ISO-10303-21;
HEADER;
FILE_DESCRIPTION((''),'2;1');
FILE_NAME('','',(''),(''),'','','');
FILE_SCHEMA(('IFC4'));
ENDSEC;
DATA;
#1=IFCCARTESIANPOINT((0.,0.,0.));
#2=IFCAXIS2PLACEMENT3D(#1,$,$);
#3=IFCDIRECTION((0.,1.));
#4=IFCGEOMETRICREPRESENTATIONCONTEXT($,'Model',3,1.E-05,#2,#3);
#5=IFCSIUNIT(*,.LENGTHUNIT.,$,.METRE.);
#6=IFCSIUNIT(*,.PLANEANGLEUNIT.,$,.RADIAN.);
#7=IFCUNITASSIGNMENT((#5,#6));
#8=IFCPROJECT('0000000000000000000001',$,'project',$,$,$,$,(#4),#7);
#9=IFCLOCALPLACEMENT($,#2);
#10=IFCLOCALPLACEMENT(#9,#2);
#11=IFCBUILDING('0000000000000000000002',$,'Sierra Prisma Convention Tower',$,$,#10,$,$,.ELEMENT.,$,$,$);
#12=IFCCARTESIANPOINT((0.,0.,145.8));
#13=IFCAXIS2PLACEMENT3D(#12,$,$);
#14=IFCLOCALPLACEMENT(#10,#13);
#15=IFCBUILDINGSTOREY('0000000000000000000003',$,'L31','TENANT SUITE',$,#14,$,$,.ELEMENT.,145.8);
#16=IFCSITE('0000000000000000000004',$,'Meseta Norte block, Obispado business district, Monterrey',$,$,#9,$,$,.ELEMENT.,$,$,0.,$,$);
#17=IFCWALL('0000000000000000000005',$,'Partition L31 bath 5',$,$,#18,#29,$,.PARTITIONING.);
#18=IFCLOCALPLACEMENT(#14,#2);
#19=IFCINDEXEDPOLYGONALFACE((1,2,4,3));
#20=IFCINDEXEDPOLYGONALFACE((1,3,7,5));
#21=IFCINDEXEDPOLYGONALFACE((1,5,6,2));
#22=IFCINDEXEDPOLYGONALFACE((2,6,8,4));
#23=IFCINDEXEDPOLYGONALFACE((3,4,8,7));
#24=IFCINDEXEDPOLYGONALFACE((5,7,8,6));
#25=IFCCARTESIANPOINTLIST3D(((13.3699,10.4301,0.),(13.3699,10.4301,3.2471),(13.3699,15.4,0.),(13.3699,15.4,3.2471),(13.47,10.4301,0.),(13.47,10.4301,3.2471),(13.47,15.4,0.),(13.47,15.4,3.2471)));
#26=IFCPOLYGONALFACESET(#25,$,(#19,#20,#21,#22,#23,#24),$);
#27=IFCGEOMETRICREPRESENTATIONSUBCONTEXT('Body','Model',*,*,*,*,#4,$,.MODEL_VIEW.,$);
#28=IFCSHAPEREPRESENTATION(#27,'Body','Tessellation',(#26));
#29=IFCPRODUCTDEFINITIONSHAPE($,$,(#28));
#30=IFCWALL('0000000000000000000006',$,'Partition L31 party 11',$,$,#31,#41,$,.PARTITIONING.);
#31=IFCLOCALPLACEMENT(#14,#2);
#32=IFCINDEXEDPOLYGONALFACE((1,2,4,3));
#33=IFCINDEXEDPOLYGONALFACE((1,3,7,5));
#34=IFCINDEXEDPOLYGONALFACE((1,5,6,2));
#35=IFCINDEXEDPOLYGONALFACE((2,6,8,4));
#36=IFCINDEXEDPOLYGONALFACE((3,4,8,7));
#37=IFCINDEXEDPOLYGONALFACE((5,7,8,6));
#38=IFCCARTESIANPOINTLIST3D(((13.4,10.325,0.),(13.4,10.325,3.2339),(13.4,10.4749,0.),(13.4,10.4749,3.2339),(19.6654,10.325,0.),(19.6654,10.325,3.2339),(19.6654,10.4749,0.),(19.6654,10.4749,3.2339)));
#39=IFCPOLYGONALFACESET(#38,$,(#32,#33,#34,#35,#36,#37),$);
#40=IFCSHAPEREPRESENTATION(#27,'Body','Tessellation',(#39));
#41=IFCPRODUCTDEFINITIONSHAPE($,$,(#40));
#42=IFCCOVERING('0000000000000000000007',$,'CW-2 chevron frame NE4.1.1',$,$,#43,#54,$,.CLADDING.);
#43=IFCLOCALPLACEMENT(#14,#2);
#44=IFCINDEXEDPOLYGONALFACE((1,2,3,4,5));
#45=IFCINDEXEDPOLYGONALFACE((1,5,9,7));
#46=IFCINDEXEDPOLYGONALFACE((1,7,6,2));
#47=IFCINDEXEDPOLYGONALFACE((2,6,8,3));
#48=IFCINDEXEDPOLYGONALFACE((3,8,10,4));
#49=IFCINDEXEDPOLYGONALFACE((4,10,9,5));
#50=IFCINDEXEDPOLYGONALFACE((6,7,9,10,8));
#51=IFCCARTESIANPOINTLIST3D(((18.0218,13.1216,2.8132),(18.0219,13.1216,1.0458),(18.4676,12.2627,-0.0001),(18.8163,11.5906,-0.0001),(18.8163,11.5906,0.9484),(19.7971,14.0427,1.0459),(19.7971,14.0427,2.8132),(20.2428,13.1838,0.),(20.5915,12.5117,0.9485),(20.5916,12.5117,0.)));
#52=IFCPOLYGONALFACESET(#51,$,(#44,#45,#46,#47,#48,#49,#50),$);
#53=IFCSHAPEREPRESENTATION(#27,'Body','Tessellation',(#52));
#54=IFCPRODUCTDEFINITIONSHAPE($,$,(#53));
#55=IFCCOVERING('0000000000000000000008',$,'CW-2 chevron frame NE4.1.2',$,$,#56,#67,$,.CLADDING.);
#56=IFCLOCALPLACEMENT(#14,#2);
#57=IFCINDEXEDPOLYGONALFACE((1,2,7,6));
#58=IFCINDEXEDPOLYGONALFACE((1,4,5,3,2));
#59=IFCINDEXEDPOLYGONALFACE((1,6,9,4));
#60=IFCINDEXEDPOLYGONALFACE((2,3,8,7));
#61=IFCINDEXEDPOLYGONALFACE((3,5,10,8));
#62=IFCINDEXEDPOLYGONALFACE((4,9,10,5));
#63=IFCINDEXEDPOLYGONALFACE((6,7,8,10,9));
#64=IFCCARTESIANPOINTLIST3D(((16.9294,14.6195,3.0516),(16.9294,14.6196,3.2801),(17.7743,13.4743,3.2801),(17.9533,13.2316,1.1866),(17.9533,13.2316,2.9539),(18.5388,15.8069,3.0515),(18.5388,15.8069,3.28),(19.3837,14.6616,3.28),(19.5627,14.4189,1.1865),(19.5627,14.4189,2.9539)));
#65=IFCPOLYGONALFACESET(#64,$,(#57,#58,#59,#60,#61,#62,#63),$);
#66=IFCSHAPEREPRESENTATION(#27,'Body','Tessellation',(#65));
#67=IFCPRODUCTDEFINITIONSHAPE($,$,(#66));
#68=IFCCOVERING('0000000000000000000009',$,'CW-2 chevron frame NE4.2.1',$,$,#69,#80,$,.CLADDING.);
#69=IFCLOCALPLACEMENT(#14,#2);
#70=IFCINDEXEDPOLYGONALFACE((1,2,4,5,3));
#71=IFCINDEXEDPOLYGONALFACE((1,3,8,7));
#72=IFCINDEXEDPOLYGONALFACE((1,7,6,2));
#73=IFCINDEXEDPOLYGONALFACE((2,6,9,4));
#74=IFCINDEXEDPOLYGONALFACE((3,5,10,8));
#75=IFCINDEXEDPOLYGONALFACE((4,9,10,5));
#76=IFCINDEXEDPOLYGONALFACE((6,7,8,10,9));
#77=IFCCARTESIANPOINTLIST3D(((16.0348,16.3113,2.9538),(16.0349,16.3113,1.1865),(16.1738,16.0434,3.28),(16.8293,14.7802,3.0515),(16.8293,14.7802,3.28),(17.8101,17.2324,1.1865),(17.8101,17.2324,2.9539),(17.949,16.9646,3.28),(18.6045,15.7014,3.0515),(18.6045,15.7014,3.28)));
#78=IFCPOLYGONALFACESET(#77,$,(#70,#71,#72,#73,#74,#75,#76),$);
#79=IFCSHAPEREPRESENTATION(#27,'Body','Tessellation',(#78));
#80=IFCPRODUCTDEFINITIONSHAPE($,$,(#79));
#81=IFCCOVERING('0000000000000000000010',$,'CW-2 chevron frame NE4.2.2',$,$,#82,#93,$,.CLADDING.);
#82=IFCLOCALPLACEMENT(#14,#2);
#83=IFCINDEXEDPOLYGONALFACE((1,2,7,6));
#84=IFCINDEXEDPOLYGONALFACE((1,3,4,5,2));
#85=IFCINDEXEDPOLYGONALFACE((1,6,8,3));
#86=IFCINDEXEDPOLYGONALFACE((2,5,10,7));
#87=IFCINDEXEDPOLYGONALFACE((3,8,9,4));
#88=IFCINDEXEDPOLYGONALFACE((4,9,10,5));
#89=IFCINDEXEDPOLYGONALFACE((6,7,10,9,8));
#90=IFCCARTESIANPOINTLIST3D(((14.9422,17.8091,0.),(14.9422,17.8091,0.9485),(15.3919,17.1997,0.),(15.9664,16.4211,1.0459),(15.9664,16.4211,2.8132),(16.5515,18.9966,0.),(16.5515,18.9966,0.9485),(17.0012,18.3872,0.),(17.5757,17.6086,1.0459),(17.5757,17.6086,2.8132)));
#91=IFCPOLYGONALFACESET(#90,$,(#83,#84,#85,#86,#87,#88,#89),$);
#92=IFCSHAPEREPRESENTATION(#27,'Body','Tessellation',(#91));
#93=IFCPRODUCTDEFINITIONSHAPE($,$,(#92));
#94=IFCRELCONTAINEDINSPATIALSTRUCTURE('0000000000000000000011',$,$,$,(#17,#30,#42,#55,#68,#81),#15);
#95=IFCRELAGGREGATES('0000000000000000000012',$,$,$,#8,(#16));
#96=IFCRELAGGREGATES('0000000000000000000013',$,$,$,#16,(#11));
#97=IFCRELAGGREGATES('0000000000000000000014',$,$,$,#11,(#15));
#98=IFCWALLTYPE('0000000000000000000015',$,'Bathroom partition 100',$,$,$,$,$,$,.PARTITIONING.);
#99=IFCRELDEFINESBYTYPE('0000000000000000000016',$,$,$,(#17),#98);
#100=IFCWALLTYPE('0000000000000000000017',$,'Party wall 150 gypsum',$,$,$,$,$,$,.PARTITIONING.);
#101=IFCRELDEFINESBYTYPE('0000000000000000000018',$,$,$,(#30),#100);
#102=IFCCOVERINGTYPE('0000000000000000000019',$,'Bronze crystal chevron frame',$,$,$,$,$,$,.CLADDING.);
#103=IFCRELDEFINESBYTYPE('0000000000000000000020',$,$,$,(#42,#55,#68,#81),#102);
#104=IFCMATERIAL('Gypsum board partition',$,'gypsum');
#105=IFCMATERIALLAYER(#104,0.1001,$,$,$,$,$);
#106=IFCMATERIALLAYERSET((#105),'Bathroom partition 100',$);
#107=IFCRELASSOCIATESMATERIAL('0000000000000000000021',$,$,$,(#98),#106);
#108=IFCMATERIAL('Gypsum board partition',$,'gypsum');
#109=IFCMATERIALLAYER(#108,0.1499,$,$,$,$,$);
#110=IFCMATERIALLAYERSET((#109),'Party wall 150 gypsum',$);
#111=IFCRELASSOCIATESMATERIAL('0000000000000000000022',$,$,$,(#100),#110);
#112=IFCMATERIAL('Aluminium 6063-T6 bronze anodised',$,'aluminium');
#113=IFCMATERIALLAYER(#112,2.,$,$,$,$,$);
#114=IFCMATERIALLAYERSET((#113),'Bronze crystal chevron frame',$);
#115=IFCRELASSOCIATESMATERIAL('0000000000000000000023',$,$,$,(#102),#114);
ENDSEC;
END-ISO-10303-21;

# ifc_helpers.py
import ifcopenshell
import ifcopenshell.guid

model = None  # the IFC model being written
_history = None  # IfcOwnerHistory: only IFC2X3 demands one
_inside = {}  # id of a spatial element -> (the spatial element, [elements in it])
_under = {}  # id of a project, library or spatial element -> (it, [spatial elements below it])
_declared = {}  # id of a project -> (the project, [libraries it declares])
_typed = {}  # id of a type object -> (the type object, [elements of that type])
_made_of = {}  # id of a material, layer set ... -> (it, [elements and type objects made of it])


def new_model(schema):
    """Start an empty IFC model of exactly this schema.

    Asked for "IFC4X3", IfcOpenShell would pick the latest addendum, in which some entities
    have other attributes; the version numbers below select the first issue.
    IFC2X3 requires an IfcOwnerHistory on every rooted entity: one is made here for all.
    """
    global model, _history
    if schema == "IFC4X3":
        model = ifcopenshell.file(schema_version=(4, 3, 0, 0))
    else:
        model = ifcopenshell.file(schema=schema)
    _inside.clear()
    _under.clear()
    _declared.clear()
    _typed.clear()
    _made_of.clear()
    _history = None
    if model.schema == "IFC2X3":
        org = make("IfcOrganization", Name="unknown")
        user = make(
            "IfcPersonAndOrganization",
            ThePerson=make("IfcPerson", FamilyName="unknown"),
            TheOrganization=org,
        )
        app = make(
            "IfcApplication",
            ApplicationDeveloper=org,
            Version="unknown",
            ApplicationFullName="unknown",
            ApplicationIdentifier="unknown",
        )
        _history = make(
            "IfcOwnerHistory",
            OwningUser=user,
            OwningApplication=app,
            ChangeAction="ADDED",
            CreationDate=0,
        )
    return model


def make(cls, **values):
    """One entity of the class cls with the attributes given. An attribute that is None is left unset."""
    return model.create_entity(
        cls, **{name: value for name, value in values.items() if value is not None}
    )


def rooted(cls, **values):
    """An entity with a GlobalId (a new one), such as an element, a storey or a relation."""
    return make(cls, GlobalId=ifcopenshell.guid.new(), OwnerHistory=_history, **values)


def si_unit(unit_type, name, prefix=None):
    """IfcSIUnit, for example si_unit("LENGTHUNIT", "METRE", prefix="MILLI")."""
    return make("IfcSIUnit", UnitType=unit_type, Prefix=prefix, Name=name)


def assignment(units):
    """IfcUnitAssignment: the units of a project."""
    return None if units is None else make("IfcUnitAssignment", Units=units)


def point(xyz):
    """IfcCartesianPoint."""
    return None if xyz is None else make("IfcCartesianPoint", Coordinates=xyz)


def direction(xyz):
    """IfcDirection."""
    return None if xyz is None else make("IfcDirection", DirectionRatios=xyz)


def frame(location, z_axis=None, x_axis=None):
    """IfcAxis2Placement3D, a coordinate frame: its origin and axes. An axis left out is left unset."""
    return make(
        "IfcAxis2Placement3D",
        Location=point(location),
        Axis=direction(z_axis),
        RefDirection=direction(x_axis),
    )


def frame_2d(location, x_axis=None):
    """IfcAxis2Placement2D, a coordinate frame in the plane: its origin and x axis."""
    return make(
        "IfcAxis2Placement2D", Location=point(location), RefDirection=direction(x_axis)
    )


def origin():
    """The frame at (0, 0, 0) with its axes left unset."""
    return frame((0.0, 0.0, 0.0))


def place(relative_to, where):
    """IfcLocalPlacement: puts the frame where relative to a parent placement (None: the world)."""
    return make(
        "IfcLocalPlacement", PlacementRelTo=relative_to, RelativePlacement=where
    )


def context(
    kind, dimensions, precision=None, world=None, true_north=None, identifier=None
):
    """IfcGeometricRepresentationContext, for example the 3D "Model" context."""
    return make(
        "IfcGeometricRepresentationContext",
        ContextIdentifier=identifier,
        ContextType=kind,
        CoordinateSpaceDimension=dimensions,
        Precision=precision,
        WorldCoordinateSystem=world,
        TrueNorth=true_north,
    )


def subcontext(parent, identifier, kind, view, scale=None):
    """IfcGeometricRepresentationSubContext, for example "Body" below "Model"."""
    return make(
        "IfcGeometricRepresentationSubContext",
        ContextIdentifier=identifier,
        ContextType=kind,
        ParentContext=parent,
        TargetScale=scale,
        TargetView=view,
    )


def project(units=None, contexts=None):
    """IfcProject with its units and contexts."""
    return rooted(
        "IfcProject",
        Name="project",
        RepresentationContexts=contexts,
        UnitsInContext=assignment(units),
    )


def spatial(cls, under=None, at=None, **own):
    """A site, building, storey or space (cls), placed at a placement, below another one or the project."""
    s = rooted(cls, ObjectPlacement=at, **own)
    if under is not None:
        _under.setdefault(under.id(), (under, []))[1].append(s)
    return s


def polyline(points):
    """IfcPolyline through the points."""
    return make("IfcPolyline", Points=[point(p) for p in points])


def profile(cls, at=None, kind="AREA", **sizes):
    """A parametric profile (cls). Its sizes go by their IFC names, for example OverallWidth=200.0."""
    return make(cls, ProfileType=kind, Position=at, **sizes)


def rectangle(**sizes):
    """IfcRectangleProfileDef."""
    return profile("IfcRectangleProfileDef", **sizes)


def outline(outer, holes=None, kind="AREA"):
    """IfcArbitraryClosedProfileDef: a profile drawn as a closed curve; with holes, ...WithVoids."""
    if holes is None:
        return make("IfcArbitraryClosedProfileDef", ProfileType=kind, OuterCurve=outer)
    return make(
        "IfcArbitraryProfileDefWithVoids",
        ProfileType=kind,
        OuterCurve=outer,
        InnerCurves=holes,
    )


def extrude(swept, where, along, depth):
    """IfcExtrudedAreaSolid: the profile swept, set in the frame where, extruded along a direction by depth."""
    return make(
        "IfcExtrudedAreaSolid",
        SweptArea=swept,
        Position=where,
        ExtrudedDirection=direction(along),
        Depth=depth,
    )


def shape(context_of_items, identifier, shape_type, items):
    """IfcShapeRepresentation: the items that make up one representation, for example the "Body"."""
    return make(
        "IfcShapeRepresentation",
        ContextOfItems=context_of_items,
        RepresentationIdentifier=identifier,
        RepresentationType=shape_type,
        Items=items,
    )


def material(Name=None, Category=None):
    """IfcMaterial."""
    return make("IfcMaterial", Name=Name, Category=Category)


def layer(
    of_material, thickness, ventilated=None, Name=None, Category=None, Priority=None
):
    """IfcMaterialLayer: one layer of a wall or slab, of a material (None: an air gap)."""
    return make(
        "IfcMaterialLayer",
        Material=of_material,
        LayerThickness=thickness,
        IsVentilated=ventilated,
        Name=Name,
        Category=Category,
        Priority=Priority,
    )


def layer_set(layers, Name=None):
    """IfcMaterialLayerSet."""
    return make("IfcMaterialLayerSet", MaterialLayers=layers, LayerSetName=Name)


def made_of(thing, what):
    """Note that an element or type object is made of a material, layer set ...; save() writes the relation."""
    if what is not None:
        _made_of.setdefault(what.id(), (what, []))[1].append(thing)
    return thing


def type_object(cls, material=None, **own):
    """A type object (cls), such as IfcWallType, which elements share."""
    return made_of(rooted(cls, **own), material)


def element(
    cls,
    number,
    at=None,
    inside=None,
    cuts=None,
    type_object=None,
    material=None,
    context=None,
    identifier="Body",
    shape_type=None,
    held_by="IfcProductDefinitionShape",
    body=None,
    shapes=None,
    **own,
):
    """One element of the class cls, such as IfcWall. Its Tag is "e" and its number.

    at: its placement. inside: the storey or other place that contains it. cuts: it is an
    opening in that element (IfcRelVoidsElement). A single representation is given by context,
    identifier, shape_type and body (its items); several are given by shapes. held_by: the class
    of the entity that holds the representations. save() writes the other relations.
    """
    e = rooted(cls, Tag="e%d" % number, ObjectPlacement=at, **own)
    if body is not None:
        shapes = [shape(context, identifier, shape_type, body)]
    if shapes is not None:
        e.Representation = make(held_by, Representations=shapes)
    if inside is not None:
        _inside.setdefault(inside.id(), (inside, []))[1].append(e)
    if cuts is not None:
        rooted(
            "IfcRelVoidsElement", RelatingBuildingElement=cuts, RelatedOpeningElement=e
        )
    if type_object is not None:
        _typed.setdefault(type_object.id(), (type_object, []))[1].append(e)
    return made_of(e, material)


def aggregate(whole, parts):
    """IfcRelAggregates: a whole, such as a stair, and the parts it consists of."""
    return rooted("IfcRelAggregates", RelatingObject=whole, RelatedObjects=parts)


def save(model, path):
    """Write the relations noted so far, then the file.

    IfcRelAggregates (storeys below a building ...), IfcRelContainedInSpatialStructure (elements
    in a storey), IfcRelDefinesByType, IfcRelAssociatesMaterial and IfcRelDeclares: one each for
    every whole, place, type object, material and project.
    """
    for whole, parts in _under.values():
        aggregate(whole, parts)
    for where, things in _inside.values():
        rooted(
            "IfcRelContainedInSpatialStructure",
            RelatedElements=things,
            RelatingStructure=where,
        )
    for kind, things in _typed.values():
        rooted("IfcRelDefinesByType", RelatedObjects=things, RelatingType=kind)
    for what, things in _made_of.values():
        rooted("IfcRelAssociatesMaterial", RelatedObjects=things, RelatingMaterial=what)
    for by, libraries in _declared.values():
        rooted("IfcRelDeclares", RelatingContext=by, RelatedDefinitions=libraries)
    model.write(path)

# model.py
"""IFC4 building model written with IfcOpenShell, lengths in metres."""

from ifc_helpers import new_model, si_unit, direction, frame, frame_2d, origin, place, context, subcontext, project, spatial, polyline, rectangle, outline, extrude, material, layer, layer_set, type_object, element, save


model = new_model("IFC4")

# Units and contexts
model_context = context("Model", 3, precision=1e-05, world=origin(), true_north=direction((0.0, 1.0)))
body_context = subcontext(model_context, "Body", "Model", "MODEL_VIEW")
ifc_project = project(units=[si_unit("LENGTHUNIT", "METRE"), si_unit("PLANEANGLEUNIT", "RADIAN")], contexts=[model_context])

# Site, building, storey
site_placement = place(None, origin())
site = spatial("IfcSite", under=ifc_project, at=site_placement, Name="Meseta Norte block, Obispado business district, Monterrey", CompositionType="ELEMENT", RefElevation=0.0)
building_placement = place(site_placement, origin())
building = spatial("IfcBuilding", under=site, at=building_placement, Name="Sierra Prisma Convention Tower", CompositionType="ELEMENT")
storey_placement = place(building_placement, frame((0.0, 0.0, 145.8)))
storey = spatial("IfcBuildingStorey", under=building, at=storey_placement, Name="L31", Description="TENANT SUITE", CompositionType="ELEMENT", Elevation=145.8)

# Walls
ifc_material_1 = material(Name="Gypsum board partition", Category="gypsum")
ifc_layer_1 = layer(ifc_material_1, 0.1001)
ifc_layer_set_1 = layer_set([ifc_layer_1], Name="Bathroom partition 100")
wall_type_1 = type_object("IfcWallType", Name="Bathroom partition 100", PredefinedType="PARTITIONING", material=ifc_layer_set_1)
wall_1_placement = place(storey_placement, frame((13.4199, 15.3999, 0.0), z_axis=(0.0, 0.0, 1.0), x_axis=(0.0, -1.0, 0.0)))
element("IfcWall", 1, at=wall_1_placement, inside=storey, type_object=wall_type_1, Name="Partition L31 bath 5", PredefinedType="PARTITIONING", context=body_context, shape_type="SweptSolid", body=[
    extrude(rectangle(XDim=4.97, YDim=0.1001, at=frame_2d((2.4849, 0.0))), origin(), (0.0, 0.0, 1.0), 3.2471),
])
ifc_material_2 = material(Name="Gypsum board partition", Category="gypsum")
ifc_layer_2 = layer(ifc_material_2, 0.1499)
ifc_layer_set_2 = layer_set([ifc_layer_2], Name="Party wall 150 gypsum")
wall_type_2 = type_object("IfcWallType", Name="Party wall 150 gypsum", PredefinedType="PARTITIONING", material=ifc_layer_set_2)
wall_2_placement = place(storey_placement, frame((13.3999, 10.3999, 0.0), z_axis=(0.0, 0.0, 1.0), x_axis=(1.0, 0.0, 0.0)))
element("IfcWall", 2, at=wall_2_placement, inside=storey, type_object=wall_type_2, Name="Partition L31 party 11", PredefinedType="PARTITIONING", context=body_context, shape_type="SweptSolid", body=[
    extrude(rectangle(XDim=6.2654, YDim=0.1499, at=frame_2d((3.1328, 0.0))), origin(), (0.0, 0.0, 1.0), 3.2339),
])

# Coverings
ifc_material_3 = material(Name="Aluminium 6063-T6 bronze anodised", Category="aluminium")
ifc_layer_3 = layer(ifc_material_3, 2.0)
ifc_layer_set_3 = layer_set([ifc_layer_3], Name="Bronze crystal chevron frame")
covering_type = type_object("IfcCoveringType", Name="Bronze crystal chevron frame", PredefinedType="CLADDING", material=ifc_layer_set_3)
covering_1_placement = place(storey_placement, frame((20.5916, 12.5117, 0.0), z_axis=(0.887627, 0.460562, 0.000036), x_axis=(-0.460562, 0.887627, 0.0)))
element("IfcCovering", 3, at=covering_1_placement, inside=storey, type_object=covering_type, Name="CW-2 chevron frame NE4.1.1", PredefinedType="CLADDING", context=body_context, shape_type="SweptSolid", body=[
    extrude(outline(polyline([(0.0, 0.0), (0.7572, 0.0), (1.7248, 1.0459), (1.7248, 2.8132), (0.0, 0.9485), (0.0, 0.0)])), origin(), (0.0, 0.0, -1.0), 2.0),
])
covering_2_placement = place(storey_placement, frame((19.5627, 14.4189, 2.9539), z_axis=(0.804711, 0.593666, -0.000026), x_axis=(-0.000021, -0.000016, -1.0)))
element("IfcCovering", 4, at=covering_2_placement, inside=storey, type_object=covering_type, Name="CW-2 chevron frame NE4.1.2", PredefinedType="CLADDING", context=body_context, shape_type="SweptSolid", body=[
    extrude(outline(polyline([(0.0, 0.0), (1.7673, 0.0), (-0.0977, 1.7248), (-0.3262, 1.7248), (-0.3262, 0.3015), (0.0, 0.0)])), origin(), (0.0, 0.0, -1.0), 2.0),
])
covering_3_placement = place(storey_placement, frame((18.6045, 15.7014, 3.28), z_axis=(0.887615, 0.460585, 0.000022), x_axis=(0.000019, 0.00001, -1.0)))
element("IfcCovering", 5, at=covering_3_placement, inside=storey, type_object=covering_type, Name="CW-2 chevron frame NE4.2.1", PredefinedType="CLADDING", context=body_context, shape_type="SweptSolid", body=[
    extrude(outline(polyline([(0.0, 0.0), (0.2285, 0.0), (2.0935, 1.7248), (0.3262, 1.7248), (0.0, 1.4231), (0.0, 0.0)])), origin(), (0.0, 0.0, -1.0), 2.0),
])
covering_4_placement = place(storey_placement, frame((16.5515, 18.9966, 0.0), z_axis=(0.804642, 0.59376, 0.000011), x_axis=(-0.000009, -0.000007, 1.0)))
element("IfcCovering", 6, at=covering_4_placement, inside=storey, type_object=covering_type, Name="CW-2 chevron frame NE4.2.2", PredefinedType="CLADDING", context=body_context, shape_type="SweptSolid", body=[
    extrude(outline(polyline([(0.0, 0.0), (0.9485, 0.0), (2.8132, 1.7249), (1.0459, 1.7249), (0.0, 0.7573), (0.0, 0.0)])), origin(), (0.0, 0.0, -1.0), 2.0),
])

save(model, "model.ifc")
